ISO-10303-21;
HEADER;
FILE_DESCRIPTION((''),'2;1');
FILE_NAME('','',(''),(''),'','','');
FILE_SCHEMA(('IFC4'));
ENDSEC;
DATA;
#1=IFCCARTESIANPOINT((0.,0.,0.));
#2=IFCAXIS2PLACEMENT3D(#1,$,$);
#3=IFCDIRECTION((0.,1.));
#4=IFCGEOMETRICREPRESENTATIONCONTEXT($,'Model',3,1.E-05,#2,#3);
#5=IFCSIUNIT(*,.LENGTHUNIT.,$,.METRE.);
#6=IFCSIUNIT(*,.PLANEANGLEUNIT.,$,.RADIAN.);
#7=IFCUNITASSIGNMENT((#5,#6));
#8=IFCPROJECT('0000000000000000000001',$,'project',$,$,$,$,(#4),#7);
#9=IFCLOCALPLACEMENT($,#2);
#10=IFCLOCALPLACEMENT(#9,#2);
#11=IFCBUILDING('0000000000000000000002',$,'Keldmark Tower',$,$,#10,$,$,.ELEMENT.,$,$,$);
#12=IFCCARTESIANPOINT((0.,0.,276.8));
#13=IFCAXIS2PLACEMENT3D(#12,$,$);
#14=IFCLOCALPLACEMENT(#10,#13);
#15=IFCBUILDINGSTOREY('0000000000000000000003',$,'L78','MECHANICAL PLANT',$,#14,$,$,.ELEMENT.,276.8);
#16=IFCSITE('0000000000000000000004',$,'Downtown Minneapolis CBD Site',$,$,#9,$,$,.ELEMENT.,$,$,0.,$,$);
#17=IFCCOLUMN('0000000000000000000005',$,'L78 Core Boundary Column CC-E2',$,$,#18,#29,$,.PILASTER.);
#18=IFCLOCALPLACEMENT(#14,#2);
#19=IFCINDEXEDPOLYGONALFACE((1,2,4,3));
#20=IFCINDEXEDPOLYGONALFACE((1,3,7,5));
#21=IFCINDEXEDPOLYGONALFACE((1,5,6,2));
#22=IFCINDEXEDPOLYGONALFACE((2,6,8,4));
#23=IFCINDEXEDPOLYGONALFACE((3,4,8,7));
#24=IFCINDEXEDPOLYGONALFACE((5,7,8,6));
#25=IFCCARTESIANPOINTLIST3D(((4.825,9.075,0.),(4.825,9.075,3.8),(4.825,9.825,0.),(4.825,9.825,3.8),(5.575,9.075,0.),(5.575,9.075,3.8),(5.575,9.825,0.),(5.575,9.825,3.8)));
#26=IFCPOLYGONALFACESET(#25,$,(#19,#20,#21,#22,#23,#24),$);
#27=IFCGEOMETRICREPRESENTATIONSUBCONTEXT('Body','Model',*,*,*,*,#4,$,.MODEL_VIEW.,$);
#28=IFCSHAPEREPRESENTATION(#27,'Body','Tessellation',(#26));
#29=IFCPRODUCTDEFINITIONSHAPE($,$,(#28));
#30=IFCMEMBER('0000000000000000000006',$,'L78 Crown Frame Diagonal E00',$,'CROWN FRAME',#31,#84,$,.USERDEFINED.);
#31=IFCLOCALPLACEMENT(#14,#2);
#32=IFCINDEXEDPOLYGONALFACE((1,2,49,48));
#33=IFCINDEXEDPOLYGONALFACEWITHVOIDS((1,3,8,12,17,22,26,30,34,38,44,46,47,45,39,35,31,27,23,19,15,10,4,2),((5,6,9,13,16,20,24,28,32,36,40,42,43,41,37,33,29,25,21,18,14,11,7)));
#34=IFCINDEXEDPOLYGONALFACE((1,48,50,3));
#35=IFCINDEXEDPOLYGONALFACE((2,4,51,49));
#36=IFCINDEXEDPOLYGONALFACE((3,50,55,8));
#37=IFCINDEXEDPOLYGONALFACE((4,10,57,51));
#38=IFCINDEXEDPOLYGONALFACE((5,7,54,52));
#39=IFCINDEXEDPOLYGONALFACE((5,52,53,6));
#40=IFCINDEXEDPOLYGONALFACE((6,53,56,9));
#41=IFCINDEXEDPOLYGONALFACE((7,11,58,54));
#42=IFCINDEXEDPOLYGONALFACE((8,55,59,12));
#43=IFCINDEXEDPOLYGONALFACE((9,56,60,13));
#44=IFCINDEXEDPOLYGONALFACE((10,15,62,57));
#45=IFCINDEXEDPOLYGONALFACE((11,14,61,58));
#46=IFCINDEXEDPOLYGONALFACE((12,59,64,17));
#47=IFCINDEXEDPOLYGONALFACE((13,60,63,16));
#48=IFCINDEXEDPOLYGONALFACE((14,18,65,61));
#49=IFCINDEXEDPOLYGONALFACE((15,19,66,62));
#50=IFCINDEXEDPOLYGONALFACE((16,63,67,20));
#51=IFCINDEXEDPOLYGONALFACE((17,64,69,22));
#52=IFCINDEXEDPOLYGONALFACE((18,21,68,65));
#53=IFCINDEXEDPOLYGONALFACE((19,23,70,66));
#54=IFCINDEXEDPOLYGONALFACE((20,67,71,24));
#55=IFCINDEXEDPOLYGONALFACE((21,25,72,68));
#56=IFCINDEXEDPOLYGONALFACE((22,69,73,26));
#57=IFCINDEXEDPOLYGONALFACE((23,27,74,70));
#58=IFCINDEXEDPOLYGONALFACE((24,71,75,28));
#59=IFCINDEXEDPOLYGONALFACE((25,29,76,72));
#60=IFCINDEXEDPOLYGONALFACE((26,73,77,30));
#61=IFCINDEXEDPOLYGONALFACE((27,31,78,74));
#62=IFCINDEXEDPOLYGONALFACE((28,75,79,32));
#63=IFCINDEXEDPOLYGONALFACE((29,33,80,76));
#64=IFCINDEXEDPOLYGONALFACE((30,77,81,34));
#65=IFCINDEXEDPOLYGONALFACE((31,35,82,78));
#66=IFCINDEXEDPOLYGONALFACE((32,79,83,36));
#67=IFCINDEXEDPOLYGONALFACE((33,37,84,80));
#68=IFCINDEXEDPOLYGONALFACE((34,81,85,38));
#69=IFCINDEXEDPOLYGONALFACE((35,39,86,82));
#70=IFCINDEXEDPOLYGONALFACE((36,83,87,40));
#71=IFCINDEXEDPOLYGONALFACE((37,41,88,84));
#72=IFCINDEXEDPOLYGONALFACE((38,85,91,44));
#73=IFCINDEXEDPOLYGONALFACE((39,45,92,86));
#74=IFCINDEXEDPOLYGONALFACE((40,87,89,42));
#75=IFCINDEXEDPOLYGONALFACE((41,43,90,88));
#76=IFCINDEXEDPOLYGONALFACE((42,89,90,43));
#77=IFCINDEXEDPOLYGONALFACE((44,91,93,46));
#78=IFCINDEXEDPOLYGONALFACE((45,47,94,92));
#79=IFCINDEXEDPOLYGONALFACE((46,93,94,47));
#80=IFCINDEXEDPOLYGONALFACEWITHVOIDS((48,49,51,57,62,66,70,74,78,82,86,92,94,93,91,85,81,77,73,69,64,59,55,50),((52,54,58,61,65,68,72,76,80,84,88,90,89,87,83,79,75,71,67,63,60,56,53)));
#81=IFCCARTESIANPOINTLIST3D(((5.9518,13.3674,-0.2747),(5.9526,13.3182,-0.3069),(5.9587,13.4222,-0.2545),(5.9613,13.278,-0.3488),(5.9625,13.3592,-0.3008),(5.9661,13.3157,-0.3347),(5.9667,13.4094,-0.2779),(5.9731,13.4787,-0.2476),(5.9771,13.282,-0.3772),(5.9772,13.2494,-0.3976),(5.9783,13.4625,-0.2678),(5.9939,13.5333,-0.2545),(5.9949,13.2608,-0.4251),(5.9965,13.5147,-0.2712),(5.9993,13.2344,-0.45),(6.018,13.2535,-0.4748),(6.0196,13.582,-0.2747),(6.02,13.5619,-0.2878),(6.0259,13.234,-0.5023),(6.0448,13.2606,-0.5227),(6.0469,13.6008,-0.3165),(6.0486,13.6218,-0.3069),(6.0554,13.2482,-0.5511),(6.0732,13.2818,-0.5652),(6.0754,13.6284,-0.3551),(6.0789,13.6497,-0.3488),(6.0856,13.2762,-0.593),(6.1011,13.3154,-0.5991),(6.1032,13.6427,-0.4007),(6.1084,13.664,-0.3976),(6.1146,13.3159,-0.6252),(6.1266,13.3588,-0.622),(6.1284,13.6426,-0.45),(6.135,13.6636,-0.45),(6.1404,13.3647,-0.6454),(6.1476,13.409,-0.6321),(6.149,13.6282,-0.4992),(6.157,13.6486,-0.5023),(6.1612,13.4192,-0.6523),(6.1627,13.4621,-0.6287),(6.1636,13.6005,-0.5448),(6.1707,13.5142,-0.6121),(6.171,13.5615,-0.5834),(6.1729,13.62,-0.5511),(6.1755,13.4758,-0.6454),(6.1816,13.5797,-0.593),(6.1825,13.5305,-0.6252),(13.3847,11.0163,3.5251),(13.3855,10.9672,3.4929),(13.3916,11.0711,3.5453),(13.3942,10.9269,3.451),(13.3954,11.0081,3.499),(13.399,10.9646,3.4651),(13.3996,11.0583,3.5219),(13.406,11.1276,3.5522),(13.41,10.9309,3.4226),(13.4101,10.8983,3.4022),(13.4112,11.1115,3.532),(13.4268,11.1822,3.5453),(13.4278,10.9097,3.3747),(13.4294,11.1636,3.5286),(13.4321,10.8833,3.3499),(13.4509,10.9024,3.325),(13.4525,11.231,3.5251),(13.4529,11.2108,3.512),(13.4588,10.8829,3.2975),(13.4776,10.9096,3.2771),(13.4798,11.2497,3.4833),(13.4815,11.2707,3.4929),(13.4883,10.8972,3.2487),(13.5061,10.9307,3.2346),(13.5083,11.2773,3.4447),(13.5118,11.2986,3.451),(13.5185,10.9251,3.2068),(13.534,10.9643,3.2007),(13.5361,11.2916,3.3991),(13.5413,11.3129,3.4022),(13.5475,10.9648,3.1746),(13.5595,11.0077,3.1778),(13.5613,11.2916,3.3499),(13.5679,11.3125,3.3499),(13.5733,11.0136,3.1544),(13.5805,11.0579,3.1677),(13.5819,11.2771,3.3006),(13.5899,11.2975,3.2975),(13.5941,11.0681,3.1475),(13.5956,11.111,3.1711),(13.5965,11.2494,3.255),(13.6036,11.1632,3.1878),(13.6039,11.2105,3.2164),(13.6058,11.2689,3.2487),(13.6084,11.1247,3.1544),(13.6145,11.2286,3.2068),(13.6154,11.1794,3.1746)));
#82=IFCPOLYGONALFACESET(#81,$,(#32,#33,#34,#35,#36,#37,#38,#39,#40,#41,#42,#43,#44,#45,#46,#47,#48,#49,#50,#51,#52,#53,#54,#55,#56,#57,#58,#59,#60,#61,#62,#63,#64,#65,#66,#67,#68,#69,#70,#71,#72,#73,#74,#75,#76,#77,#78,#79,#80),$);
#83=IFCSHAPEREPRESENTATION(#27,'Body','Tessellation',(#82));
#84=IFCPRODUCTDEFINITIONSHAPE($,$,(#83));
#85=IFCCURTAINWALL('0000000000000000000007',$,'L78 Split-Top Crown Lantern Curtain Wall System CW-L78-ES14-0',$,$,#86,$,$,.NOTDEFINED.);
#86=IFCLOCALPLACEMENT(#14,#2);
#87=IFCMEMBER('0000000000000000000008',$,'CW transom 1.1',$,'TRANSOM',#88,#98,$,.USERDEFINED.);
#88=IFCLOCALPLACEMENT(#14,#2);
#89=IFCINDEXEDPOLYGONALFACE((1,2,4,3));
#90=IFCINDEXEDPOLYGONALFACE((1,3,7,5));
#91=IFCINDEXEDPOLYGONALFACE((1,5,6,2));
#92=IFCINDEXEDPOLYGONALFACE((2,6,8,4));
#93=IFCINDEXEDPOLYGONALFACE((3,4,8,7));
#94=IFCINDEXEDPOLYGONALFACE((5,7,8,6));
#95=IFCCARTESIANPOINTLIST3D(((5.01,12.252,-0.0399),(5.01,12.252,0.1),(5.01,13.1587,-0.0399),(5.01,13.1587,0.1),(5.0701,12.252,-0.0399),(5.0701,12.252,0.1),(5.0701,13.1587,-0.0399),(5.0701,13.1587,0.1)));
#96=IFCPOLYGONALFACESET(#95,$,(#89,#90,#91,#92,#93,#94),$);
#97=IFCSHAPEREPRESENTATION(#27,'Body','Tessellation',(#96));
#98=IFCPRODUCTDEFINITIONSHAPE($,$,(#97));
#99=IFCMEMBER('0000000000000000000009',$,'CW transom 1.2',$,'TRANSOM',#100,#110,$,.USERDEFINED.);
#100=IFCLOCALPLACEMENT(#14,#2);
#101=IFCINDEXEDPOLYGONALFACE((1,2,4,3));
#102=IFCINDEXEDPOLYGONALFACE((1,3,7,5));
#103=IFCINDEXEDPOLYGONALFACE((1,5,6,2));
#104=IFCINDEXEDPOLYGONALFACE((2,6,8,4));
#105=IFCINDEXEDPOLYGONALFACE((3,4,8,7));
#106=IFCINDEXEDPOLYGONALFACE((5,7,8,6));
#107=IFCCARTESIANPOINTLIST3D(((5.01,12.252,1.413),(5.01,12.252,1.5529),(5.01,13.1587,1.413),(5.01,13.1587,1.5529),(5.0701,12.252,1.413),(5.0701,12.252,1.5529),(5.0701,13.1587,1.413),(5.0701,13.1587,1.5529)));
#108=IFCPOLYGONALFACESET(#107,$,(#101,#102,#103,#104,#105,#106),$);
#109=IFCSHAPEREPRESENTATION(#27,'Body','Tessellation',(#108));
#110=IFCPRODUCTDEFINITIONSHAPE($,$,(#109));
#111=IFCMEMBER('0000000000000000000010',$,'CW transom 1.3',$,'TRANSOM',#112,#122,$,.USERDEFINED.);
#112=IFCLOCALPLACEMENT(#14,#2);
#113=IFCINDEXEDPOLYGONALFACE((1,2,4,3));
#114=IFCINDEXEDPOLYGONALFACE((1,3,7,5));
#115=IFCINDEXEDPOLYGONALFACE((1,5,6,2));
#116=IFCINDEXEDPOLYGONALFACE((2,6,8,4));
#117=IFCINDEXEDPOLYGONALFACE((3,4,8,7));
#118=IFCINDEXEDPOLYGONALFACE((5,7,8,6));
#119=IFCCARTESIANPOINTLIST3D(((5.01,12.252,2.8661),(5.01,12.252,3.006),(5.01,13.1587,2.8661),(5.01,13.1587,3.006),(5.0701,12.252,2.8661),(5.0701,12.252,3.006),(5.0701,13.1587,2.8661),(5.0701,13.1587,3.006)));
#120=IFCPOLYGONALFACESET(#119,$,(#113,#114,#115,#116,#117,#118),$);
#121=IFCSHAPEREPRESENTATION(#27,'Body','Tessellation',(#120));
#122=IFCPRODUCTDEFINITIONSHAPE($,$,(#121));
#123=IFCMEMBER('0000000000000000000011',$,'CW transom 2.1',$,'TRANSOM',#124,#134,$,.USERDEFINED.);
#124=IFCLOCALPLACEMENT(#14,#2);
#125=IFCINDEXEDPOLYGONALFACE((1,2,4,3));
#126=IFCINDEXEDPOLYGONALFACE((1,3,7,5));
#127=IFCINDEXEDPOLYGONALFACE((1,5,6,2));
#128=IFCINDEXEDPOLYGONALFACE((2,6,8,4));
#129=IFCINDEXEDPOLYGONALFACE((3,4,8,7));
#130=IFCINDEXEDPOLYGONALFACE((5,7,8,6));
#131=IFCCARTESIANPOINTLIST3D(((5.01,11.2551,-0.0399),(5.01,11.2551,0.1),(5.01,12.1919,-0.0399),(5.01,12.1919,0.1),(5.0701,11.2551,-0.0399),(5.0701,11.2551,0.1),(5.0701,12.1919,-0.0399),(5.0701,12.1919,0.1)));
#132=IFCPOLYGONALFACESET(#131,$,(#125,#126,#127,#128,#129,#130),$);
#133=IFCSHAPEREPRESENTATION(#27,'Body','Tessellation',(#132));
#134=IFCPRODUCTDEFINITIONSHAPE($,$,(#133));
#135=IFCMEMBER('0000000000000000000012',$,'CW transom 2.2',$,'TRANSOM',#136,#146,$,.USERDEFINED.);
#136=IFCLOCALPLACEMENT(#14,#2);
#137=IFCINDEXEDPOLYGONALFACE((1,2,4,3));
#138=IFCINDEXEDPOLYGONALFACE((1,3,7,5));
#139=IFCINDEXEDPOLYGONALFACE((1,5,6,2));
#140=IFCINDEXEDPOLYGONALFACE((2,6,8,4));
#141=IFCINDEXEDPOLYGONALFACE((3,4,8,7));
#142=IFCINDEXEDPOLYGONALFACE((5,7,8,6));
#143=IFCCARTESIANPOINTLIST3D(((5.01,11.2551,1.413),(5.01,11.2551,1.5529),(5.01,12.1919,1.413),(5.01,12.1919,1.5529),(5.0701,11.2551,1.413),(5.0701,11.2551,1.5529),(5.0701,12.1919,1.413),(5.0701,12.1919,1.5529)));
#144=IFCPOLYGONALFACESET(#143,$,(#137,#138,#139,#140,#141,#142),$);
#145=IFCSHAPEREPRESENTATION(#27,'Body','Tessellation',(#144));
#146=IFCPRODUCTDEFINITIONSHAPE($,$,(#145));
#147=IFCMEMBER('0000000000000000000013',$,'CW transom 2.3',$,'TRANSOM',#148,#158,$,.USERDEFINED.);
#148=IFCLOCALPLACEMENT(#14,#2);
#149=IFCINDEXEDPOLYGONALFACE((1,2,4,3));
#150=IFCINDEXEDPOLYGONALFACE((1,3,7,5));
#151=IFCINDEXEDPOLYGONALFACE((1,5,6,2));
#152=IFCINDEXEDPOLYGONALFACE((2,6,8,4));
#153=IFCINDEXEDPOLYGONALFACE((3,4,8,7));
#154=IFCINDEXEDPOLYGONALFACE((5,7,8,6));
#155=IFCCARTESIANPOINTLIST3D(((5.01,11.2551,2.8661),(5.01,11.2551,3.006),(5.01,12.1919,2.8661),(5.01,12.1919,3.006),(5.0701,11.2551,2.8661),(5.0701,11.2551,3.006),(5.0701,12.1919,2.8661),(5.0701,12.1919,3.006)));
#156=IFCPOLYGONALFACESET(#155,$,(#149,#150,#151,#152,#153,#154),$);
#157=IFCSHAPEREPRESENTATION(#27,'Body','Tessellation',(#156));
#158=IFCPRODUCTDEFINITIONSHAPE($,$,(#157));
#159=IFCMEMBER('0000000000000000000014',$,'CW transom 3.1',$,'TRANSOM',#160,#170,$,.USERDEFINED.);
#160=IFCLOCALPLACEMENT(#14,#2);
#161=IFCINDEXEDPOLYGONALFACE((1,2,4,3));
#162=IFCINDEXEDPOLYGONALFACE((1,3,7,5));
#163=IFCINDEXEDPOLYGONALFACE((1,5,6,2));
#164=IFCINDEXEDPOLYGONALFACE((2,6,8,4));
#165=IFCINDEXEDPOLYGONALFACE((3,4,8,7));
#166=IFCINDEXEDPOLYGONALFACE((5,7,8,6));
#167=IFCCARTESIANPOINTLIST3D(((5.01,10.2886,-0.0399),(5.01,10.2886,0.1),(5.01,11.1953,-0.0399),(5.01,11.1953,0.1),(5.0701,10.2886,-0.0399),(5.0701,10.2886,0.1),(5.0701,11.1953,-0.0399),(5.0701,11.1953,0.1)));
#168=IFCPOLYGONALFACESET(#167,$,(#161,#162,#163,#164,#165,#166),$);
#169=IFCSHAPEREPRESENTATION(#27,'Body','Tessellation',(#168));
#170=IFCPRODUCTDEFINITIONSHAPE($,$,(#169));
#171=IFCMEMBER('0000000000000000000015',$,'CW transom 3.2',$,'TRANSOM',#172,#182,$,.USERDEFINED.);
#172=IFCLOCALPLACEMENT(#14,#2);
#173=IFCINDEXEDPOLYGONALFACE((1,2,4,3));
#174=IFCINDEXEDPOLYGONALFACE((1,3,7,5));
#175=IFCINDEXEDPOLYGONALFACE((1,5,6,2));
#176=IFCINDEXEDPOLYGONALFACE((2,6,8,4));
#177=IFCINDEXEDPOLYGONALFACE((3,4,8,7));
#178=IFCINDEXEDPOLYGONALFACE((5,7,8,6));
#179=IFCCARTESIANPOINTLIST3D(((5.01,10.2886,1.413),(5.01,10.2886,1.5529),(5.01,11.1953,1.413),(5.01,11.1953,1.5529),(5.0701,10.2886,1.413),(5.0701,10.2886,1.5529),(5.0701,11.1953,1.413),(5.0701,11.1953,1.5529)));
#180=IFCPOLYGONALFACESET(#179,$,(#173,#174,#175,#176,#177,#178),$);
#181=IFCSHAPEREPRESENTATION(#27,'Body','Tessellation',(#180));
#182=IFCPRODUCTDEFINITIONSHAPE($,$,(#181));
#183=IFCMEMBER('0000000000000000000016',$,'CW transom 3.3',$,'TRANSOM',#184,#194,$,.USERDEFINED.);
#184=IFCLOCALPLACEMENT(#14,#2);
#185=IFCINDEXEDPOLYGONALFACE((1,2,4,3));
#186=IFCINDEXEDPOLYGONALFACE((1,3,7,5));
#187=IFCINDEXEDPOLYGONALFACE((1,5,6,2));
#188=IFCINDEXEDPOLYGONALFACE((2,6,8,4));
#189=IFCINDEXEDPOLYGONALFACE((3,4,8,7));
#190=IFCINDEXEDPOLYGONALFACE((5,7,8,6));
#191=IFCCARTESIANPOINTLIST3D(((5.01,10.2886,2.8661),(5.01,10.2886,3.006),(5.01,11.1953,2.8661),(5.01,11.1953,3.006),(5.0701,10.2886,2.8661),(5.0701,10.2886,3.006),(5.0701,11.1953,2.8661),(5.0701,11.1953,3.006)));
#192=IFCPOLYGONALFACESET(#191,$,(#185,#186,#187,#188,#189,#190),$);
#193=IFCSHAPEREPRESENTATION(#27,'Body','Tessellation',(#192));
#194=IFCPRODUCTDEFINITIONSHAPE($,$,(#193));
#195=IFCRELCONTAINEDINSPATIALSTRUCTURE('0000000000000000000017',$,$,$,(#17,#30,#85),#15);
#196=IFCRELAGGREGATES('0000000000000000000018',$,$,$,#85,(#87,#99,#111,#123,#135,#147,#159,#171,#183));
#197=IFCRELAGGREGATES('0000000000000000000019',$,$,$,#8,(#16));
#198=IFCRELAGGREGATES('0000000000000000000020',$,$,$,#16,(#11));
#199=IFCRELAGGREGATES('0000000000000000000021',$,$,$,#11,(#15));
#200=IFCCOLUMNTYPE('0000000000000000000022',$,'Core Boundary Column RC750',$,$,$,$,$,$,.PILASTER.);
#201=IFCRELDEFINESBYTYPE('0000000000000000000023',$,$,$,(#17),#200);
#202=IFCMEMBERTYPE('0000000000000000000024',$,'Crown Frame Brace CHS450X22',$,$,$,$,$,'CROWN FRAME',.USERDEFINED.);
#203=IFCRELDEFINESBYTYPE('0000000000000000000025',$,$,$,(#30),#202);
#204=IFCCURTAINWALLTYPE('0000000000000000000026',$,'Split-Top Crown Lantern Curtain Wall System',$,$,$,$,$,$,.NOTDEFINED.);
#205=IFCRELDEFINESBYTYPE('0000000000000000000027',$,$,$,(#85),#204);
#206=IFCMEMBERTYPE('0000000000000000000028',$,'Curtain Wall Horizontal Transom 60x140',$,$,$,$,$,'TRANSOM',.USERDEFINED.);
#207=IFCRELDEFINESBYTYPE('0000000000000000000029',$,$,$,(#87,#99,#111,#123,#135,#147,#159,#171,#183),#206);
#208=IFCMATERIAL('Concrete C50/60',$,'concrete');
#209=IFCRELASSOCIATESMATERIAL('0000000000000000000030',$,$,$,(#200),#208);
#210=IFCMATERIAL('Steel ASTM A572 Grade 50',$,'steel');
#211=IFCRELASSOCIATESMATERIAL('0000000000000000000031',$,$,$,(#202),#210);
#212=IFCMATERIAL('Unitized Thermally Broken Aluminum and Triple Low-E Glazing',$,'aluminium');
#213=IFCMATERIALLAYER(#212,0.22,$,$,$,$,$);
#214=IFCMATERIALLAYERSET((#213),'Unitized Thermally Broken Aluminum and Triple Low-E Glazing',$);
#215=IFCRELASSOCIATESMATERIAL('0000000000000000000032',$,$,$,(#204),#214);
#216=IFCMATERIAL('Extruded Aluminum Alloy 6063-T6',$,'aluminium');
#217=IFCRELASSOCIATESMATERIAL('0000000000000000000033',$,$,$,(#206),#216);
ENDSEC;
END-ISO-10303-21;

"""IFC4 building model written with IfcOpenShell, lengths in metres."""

from ifc_helpers import new_model, si_unit, direction, frame, origin, origin_2d, place, context, subcontext, project, spatial, rectangle, hollow_circle, extrude, material, layer, layer_set, material_profile, profile_set, type_object, element, aggregate, save


model = new_model("IFC4")

# Units and contexts
model_context = context("Model", 3, precision=1e-05, world=origin(), true_north=direction((0.0, 1.0)))
body_context = subcontext(model_context, "Body", "Model", "MODEL_VIEW")
ifc_project = project(units=[si_unit("LENGTHUNIT", "METRE"), si_unit("PLANEANGLEUNIT", "RADIAN")], contexts=[model_context])

# Site, building, storey
site_placement = place(None, origin())
site = spatial("IfcSite", under=ifc_project, at=site_placement, Name="Downtown Minneapolis CBD Site", CompositionType="ELEMENT", RefElevation=0.0)
building_placement = place(site_placement, origin())
building = spatial("IfcBuilding", under=site, at=building_placement, Name="Keldmark Tower", CompositionType="ELEMENT")
storey_placement = place(building_placement, frame((0.0, 0.0, 276.8)))
storey = spatial("IfcBuildingStorey", under=building, at=storey_placement, Name="L78", Description="MECHANICAL PLANT", CompositionType="ELEMENT", Elevation=276.8)

# Column
ifc_material_1 = material(Name="Concrete C50/60", Category="concrete")
ifc_material_profile_1 = material_profile(ifc_material_1, rectangle(XDim=0.75, YDim=0.75, at=origin_2d()), Name="RC750X750")
ifc_profile_set_1 = profile_set([ifc_material_profile_1], Name="Concrete C50/60")
column_type = type_object("IfcColumnType", Name="Core Boundary Column RC750", PredefinedType="PILASTER", material=ifc_profile_set_1)
column_placement = place(storey_placement, frame((5.2, 9.45, 0.0), z_axis=(0.0, 0.0, 1.0), x_axis=(1.0, 0.0, 0.0)))
element("IfcColumn", 1, at=column_placement, inside=storey, type_object=column_type, Name="L78 Core Boundary Column CC-E2", PredefinedType="PILASTER", context=body_context, shape_type="SweptSolid", body=[
    extrude(rectangle(XDim=0.75, YDim=0.75, at=origin_2d()), origin(), (0.0, 0.0, 1.0), 3.8),
])

# Member
ifc_material_2 = material(Name="Steel ASTM A572 Grade 50", Category="steel")
ifc_material_profile_2 = material_profile(ifc_material_2, hollow_circle(Radius=0.2251, WallThickness=0.022, at=origin_2d()), Name="CHS450X22")
ifc_profile_set_2 = profile_set([ifc_material_profile_2], Name="Steel ASTM A572 Grade 50")
member_type_1 = type_object("IfcMemberType", Name="Crown Frame Brace CHS450X22", ElementType="CROWN FRAME", PredefinedType="USERDEFINED", material=ifc_profile_set_2)
member_1_placement = place(storey_placement, frame((6.0671, 13.449, -0.45), z_axis=(0.857054, -0.271093, 0.43814), x_axis=(0.301581, 0.953441, 0.0)))
element("IfcMember", 2, at=member_1_placement, inside=storey, type_object=member_type_1, Name="L78 Crown Frame Diagonal E00", ObjectType="CROWN FRAME", PredefinedType="USERDEFINED", context=body_context, shape_type="SweptSolid", body=[
    extrude(hollow_circle(Radius=0.2251, WallThickness=0.022, at=origin_2d()), origin(), (0.0, 0.0, 1.0), 8.6726),
])

# Curtain wall, members
ifc_material_3 = material(Name="Unitized Thermally Broken Aluminum and Triple Low-E Glazing", Category="aluminium")
ifc_layer_1 = layer(ifc_material_3, 0.22)
ifc_layer_set_1 = layer_set([ifc_layer_1], Name="Unitized Thermally Broken Aluminum and Triple Low-E Glazing")
curtain_wall_type = type_object("IfcCurtainWallType", Name="Split-Top Crown Lantern Curtain Wall System", PredefinedType="NOTDEFINED", material=ifc_layer_set_1)
curtain_wall_placement = place(storey_placement, origin())
curtain_wall = element("IfcCurtainWall", 3, at=curtain_wall_placement, inside=storey, type_object=curtain_wall_type, Name="L78 Split-Top Crown Lantern Curtain Wall System CW-L78-ES14-0", PredefinedType="NOTDEFINED")
ifc_material_4 = material(Name="Extruded Aluminum Alloy 6063-T6", Category="aluminium")
ifc_material_profile_3 = material_profile(ifc_material_4, rectangle(XDim=0.0601, YDim=0.1399, at=origin_2d()), Name="CWT60X140")
ifc_profile_set_3 = profile_set([ifc_material_profile_3], Name="Extruded Aluminum Alloy 6063-T6")
member_type_2 = type_object("IfcMemberType", Name="Curtain Wall Horizontal Transom 60x140", ElementType="TRANSOM", PredefinedType="USERDEFINED", material=ifc_profile_set_3)
member_2_placement = place(storey_placement, frame((5.04, 13.1587, 0.03), z_axis=(0.0, -1.0, 0.0), x_axis=(1.0, 0.0, 0.0)))
member_2 = element("IfcMember", 4, at=member_2_placement, type_object=member_type_2, Name="CW transom 1.1", ObjectType="TRANSOM", PredefinedType="USERDEFINED", context=body_context, shape_type="SweptSolid", body=[
    extrude(rectangle(XDim=0.0601, YDim=0.1399, at=origin_2d()), origin(), (0.0, 0.0, 1.0), 0.9067),
])
member_3_placement = place(storey_placement, frame((5.04, 13.1587, 1.4829), z_axis=(0.0, -1.0, 0.0), x_axis=(1.0, 0.0, 0.0)))
member_3 = element("IfcMember", 5, at=member_3_placement, type_object=member_type_2, Name="CW transom 1.2", ObjectType="TRANSOM", PredefinedType="USERDEFINED", context=body_context, shape_type="SweptSolid", body=[
    extrude(rectangle(XDim=0.0601, YDim=0.1399, at=origin_2d()), origin(), (0.0, 0.0, 1.0), 0.9067),
])
member_4_placement = place(storey_placement, frame((5.04, 13.1587, 2.936), z_axis=(0.0, -1.0, 0.0), x_axis=(1.0, 0.0, 0.0)))
member_4 = element("IfcMember", 6, at=member_4_placement, type_object=member_type_2, Name="CW transom 1.3", ObjectType="TRANSOM", PredefinedType="USERDEFINED", context=body_context, shape_type="SweptSolid", body=[
    extrude(rectangle(XDim=0.0601, YDim=0.1399, at=origin_2d()), origin(), (0.0, 0.0, 1.0), 0.9067),
])
member_5_placement = place(storey_placement, frame((5.04, 12.1919, 0.03), z_axis=(0.0, -1.0, 0.0), x_axis=(1.0, 0.0, 0.0)))
member_5 = element("IfcMember", 7, at=member_5_placement, type_object=member_type_2, Name="CW transom 2.1", ObjectType="TRANSOM", PredefinedType="USERDEFINED", context=body_context, shape_type="SweptSolid", body=[
    extrude(rectangle(XDim=0.0601, YDim=0.1399, at=origin_2d()), origin(), (0.0, 0.0, 1.0), 0.9368),
])
member_6_placement = place(storey_placement, frame((5.04, 12.1919, 1.4829), z_axis=(0.0, -1.0, 0.0), x_axis=(1.0, 0.0, 0.0)))
member_6 = element("IfcMember", 8, at=member_6_placement, type_object=member_type_2, Name="CW transom 2.2", ObjectType="TRANSOM", PredefinedType="USERDEFINED", context=body_context, shape_type="SweptSolid", body=[
    extrude(rectangle(XDim=0.0601, YDim=0.1399, at=origin_2d()), origin(), (0.0, 0.0, 1.0), 0.9368),
])
member_7_placement = place(storey_placement, frame((5.04, 12.1919, 2.936), z_axis=(0.0, -1.0, 0.0), x_axis=(1.0, 0.0, 0.0)))
member_7 = element("IfcMember", 9, at=member_7_placement, type_object=member_type_2, Name="CW transom 2.3", ObjectType="TRANSOM", PredefinedType="USERDEFINED", context=body_context, shape_type="SweptSolid", body=[
    extrude(rectangle(XDim=0.0601, YDim=0.1399, at=origin_2d()), origin(), (0.0, 0.0, 1.0), 0.9368),
])
member_8_placement = place(storey_placement, frame((5.04, 11.1953, 0.03), z_axis=(0.0, -1.0, 0.0), x_axis=(1.0, 0.0, 0.0)))
member_8 = element("IfcMember", 10, at=member_8_placement, type_object=member_type_2, Name="CW transom 3.1", ObjectType="TRANSOM", PredefinedType="USERDEFINED", context=body_context, shape_type="SweptSolid", body=[
    extrude(rectangle(XDim=0.0601, YDim=0.1399, at=origin_2d()), origin(), (0.0, 0.0, 1.0), 0.9067),
])
member_9_placement = place(storey_placement, frame((5.04, 11.1953, 1.4829), z_axis=(0.0, -1.0, 0.0), x_axis=(1.0, 0.0, 0.0)))
member_9 = element("IfcMember", 11, at=member_9_placement, type_object=member_type_2, Name="CW transom 3.2", ObjectType="TRANSOM", PredefinedType="USERDEFINED", context=body_context, shape_type="SweptSolid", body=[
    extrude(rectangle(XDim=0.0601, YDim=0.1399, at=origin_2d()), origin(), (0.0, 0.0, 1.0), 0.9067),
])
member_10_placement = place(storey_placement, frame((5.04, 11.1953, 2.936), z_axis=(0.0, -1.0, 0.0), x_axis=(1.0, 0.0, 0.0)))
member_10 = element("IfcMember", 12, at=member_10_placement, type_object=member_type_2, Name="CW transom 3.3", ObjectType="TRANSOM", PredefinedType="USERDEFINED", context=body_context, shape_type="SweptSolid", body=[
    extrude(rectangle(XDim=0.0601, YDim=0.1399, at=origin_2d()), origin(), (0.0, 0.0, 1.0), 0.9067),
])

aggregate(curtain_wall, [member_2, member_3, member_4, member_5, member_6, member_7, member_8, member_9, member_10])

save(model, "model.ifc")
